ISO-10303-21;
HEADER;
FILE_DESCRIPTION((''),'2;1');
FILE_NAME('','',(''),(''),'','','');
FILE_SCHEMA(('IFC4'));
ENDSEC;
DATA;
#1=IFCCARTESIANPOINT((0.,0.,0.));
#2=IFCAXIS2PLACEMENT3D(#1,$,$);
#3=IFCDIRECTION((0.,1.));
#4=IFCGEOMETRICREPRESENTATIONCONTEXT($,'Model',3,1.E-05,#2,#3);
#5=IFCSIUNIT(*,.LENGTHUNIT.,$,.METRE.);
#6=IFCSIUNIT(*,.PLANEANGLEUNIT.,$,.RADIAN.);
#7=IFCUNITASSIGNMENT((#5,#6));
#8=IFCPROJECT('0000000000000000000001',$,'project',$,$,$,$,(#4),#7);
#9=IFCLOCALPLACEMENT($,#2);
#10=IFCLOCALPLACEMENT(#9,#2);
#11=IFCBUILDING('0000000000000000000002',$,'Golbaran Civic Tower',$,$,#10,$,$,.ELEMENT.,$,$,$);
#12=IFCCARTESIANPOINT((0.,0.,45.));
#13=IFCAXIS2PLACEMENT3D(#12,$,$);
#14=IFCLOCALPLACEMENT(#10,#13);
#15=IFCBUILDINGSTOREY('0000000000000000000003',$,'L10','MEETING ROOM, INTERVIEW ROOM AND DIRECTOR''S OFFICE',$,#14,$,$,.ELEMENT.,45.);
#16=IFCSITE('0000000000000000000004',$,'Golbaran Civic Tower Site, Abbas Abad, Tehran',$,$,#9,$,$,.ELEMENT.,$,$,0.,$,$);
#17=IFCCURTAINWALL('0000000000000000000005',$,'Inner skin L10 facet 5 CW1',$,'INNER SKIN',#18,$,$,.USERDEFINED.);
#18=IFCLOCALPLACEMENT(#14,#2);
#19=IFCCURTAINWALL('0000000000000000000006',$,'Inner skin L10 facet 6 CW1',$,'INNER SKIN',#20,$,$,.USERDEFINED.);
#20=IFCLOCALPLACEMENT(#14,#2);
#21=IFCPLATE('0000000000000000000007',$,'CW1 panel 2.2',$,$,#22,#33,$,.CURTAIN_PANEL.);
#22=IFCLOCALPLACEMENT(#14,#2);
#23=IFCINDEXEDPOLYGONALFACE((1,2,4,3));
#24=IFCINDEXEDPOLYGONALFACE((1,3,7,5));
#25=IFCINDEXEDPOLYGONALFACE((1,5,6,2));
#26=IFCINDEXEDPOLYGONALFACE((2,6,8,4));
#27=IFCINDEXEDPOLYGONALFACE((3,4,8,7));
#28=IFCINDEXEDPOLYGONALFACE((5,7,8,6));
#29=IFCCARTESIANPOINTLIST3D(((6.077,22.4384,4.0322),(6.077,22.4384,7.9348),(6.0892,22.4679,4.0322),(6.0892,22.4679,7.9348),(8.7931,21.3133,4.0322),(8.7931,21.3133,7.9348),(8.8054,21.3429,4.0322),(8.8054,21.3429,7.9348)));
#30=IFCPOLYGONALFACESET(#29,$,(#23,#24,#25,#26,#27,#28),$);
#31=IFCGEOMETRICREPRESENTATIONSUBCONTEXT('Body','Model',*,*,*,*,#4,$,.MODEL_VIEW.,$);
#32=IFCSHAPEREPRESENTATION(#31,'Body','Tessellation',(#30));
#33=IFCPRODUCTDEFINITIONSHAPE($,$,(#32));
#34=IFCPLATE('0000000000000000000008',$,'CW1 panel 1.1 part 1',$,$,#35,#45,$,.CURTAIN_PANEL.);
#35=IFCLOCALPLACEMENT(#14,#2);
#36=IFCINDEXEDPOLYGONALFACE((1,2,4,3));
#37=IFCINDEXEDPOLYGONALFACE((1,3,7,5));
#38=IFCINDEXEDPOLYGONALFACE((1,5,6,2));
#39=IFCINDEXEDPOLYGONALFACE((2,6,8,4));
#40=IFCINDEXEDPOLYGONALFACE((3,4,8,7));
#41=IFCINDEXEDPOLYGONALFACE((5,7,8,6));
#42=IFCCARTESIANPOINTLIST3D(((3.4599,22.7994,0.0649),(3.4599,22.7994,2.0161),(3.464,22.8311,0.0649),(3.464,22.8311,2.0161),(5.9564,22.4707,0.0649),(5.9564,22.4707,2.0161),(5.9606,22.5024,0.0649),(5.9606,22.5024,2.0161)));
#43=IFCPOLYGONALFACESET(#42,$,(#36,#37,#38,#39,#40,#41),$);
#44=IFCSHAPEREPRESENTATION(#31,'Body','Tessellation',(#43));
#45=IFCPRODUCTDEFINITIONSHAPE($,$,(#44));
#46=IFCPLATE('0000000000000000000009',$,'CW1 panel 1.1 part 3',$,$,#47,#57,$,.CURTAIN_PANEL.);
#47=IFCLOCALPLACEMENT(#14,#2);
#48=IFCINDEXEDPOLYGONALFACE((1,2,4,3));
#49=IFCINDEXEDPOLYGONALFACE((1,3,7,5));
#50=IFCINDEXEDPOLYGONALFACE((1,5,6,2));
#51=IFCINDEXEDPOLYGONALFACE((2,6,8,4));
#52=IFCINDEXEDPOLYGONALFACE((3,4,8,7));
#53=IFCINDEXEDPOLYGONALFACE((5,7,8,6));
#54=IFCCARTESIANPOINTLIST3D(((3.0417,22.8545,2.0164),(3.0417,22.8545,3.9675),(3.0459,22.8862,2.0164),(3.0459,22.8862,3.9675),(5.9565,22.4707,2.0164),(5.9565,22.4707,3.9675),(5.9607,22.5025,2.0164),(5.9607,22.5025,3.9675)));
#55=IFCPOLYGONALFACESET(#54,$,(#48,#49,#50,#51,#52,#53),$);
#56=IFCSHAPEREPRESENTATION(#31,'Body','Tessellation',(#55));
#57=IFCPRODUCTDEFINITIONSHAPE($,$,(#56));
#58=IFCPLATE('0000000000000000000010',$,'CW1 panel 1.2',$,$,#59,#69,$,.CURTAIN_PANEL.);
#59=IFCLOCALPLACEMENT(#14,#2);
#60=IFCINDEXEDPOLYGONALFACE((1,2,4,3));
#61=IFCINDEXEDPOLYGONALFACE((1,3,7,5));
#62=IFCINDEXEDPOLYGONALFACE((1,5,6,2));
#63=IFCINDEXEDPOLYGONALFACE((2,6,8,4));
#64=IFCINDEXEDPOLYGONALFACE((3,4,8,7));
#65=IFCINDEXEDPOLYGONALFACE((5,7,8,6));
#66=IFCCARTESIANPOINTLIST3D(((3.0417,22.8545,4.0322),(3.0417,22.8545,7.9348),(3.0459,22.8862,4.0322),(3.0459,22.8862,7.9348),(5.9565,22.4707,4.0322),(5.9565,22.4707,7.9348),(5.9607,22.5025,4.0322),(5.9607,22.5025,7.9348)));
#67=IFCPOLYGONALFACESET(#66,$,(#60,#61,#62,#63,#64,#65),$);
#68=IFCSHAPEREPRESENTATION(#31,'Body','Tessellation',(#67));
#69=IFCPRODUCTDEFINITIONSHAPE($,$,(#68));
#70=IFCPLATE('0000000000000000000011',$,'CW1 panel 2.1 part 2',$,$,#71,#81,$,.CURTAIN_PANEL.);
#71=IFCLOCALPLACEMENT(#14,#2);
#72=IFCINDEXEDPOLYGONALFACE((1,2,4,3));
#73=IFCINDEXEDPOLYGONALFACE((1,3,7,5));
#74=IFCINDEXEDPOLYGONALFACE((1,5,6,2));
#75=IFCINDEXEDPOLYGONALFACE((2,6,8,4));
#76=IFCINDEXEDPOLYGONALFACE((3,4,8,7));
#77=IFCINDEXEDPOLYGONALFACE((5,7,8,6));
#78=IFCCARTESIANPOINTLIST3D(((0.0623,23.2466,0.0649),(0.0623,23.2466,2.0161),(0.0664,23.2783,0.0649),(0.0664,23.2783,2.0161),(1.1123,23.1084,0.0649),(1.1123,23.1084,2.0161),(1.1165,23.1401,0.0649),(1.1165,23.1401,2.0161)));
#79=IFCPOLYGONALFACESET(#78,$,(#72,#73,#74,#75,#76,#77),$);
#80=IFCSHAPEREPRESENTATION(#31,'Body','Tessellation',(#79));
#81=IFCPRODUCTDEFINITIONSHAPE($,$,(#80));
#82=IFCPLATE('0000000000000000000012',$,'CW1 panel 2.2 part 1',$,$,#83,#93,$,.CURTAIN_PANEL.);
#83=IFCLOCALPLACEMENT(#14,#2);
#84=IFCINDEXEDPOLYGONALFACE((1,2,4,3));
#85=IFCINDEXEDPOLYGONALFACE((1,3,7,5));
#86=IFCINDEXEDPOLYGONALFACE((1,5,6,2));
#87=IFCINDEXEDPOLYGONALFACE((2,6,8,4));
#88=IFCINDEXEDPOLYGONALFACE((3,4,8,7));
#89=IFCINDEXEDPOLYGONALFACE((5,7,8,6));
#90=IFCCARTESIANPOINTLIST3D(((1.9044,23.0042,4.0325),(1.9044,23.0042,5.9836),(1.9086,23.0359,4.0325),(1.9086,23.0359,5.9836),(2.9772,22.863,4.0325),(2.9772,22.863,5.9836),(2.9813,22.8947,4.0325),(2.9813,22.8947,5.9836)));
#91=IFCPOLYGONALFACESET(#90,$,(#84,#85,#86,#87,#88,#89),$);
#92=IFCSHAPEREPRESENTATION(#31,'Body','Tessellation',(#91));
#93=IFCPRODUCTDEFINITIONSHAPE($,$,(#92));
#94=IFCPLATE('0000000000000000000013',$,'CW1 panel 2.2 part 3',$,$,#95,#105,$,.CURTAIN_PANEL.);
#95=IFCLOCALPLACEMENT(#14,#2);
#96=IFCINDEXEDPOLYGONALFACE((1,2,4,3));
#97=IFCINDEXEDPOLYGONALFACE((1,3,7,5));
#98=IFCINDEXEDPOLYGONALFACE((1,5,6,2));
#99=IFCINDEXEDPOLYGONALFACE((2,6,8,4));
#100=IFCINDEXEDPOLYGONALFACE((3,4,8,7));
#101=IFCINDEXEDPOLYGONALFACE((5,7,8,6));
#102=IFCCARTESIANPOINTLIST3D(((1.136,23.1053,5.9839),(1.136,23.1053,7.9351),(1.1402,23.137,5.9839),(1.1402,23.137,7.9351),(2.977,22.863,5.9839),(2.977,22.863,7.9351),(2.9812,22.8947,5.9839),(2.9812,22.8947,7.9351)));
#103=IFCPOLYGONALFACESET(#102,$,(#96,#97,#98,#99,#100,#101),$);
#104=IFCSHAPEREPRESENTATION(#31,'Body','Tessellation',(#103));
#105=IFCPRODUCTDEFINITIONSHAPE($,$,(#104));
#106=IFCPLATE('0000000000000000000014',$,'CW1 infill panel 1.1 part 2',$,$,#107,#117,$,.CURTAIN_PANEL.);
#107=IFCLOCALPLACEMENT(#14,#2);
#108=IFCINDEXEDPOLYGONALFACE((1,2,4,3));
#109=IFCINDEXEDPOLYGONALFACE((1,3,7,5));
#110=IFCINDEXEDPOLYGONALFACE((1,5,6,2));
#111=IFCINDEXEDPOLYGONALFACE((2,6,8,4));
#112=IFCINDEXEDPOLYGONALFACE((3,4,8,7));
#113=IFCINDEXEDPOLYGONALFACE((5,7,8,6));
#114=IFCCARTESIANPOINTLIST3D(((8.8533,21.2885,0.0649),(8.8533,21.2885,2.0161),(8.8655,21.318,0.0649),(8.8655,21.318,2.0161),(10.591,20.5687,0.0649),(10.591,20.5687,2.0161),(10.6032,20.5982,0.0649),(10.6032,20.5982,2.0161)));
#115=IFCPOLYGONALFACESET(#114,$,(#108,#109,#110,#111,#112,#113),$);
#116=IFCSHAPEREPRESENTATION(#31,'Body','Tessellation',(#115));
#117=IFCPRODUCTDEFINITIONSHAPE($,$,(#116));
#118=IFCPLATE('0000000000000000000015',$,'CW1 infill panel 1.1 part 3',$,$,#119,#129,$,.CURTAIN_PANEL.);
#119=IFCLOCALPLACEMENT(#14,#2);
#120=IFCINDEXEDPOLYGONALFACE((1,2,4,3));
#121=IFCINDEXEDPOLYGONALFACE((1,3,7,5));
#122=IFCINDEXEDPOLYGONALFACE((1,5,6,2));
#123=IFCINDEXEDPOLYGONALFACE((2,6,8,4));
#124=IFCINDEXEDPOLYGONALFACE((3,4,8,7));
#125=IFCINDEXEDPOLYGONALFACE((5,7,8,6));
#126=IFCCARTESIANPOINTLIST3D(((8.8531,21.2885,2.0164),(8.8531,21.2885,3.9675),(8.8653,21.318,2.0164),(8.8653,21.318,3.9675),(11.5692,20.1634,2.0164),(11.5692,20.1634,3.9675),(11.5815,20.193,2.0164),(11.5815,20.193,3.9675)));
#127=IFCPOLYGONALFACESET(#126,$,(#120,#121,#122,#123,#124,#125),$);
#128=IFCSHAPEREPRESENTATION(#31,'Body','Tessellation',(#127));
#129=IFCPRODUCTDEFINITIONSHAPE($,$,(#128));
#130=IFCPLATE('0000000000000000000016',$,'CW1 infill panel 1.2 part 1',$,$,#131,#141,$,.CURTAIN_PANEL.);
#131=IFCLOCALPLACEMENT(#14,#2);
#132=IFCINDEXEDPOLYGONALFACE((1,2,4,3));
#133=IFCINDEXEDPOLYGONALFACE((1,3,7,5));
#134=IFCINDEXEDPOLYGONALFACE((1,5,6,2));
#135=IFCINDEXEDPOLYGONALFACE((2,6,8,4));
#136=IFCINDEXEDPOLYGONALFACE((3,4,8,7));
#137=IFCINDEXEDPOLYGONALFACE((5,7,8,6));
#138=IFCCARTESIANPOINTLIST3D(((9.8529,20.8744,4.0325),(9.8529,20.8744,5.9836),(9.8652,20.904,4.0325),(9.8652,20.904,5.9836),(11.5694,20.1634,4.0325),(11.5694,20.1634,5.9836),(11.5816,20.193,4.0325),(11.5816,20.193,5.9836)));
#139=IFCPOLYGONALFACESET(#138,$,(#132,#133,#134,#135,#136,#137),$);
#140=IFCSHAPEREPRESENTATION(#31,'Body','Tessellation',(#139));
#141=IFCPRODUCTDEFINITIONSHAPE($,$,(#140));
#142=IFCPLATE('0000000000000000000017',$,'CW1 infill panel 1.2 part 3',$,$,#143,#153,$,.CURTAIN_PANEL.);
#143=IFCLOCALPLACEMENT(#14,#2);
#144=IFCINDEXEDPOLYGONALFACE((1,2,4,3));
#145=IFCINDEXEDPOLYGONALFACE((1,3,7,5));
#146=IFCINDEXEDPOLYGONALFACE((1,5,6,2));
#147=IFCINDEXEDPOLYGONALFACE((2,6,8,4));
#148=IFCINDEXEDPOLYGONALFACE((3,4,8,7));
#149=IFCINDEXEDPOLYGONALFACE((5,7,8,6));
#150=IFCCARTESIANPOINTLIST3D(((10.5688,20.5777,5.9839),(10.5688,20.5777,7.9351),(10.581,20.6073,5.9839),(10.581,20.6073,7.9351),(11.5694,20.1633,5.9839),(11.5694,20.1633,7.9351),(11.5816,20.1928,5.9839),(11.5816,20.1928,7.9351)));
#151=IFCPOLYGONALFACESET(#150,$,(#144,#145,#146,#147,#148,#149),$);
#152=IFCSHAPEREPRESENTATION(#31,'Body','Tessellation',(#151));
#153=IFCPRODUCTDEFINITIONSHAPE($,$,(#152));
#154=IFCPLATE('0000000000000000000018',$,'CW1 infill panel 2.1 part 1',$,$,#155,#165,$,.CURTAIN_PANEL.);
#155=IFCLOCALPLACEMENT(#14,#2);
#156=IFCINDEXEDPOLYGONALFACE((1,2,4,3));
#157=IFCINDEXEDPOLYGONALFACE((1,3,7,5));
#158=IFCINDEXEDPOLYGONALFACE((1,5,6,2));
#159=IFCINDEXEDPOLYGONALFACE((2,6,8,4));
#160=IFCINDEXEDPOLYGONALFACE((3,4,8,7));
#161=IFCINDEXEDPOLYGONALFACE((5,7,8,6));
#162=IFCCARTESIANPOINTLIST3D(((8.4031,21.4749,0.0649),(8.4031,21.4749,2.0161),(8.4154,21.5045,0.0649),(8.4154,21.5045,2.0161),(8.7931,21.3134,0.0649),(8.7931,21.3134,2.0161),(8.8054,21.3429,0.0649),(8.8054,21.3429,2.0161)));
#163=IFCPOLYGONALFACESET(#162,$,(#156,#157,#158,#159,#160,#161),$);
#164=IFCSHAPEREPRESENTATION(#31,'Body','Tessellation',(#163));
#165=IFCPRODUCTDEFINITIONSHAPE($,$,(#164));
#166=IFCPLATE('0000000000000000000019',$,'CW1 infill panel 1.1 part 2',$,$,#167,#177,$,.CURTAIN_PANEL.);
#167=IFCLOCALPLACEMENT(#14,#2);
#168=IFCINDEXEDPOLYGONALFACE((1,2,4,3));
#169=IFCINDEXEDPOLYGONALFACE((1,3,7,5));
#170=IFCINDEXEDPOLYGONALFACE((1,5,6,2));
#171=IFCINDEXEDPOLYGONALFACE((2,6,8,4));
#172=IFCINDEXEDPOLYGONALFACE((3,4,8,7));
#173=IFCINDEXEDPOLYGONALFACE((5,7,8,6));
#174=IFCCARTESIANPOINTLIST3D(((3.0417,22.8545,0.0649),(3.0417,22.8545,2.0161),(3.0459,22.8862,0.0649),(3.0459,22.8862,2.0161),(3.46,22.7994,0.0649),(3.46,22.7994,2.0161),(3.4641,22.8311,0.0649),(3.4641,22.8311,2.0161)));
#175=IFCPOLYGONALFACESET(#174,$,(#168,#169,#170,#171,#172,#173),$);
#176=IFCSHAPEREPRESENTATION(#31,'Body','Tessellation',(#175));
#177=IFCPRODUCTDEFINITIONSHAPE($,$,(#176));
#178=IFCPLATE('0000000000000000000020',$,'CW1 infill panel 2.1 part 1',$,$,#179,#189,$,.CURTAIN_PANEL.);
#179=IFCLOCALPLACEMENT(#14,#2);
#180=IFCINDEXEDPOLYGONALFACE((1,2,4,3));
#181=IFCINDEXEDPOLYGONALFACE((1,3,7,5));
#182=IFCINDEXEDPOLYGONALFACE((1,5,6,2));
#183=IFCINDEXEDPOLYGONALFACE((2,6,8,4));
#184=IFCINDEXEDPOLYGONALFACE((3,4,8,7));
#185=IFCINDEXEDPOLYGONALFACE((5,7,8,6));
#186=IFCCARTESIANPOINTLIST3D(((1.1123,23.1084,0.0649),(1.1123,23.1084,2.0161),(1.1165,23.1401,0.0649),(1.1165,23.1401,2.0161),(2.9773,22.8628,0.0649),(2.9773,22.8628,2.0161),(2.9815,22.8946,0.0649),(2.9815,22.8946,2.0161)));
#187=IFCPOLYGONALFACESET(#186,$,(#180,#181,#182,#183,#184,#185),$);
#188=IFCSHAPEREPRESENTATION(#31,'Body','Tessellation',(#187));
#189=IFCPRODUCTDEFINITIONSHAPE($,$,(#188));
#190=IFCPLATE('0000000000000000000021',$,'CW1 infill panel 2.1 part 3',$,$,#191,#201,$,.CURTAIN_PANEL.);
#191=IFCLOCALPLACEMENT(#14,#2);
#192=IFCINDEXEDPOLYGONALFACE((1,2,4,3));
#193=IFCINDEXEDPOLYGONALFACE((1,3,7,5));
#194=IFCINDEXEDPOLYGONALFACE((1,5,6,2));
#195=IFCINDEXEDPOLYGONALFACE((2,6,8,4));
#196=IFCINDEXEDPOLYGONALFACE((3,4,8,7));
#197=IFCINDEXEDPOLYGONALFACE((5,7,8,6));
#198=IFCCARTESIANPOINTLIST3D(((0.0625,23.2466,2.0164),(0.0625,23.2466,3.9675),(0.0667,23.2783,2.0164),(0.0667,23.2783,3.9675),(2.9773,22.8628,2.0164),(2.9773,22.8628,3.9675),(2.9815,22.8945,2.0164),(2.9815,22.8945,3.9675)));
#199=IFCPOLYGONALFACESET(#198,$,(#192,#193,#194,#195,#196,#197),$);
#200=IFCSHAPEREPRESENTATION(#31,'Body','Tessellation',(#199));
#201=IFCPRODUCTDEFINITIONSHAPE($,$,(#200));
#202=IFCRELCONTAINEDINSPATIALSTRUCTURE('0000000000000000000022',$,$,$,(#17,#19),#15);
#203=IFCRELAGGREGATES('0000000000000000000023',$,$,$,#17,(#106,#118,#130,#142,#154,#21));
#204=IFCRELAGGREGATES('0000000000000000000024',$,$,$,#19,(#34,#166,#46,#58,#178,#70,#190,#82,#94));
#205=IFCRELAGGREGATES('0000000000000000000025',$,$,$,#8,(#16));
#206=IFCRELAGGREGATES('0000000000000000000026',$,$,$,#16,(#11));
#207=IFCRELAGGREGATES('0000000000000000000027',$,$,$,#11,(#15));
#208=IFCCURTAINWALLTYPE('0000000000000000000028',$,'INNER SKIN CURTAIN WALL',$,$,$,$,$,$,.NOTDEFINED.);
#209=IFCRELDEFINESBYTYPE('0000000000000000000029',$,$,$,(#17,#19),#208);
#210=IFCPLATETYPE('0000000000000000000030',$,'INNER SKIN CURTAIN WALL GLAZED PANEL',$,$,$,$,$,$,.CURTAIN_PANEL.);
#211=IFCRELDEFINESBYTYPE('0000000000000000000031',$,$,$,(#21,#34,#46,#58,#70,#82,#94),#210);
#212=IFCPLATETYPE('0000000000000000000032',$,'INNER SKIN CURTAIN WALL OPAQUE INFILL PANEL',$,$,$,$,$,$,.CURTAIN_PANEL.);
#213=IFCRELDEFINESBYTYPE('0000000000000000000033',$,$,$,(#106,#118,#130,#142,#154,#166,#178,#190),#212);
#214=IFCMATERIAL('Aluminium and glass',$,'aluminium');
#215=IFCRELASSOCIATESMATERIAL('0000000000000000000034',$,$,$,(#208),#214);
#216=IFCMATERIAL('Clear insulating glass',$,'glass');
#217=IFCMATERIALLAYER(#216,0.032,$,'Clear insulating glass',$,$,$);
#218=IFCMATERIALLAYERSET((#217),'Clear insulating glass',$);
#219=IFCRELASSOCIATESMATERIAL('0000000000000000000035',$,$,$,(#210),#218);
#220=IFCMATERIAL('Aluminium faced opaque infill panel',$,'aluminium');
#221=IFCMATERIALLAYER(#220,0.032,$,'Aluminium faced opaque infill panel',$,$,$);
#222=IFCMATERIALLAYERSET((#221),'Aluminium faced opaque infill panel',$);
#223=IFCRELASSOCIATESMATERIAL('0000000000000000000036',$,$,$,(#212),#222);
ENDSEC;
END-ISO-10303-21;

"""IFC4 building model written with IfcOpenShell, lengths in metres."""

from ifc_helpers import new_model, si_unit, direction, frame, origin, origin_2d, place, context, subcontext, project, spatial, rectangle, extrude, material, layer, layer_set, type_object, element, aggregate, save


model = new_model("IFC4")

# Units and contexts
model_context = context("Model", 3, precision=1e-05, world=origin(), true_north=direction((0.0, 1.0)))
body_context = subcontext(model_context, "Body", "Model", "MODEL_VIEW")
ifc_project = project(units=[si_unit("LENGTHUNIT", "METRE"), si_unit("PLANEANGLEUNIT", "RADIAN")], contexts=[model_context])

# Site, building, storey
site_placement = place(None, origin())
site = spatial("IfcSite", under=ifc_project, at=site_placement, Name="Golbaran Civic Tower Site, Abbas Abad, Tehran", CompositionType="ELEMENT", RefElevation=0.0)
building_placement = place(site_placement, origin())
building = spatial("IfcBuilding", under=site, at=building_placement, Name="Golbaran Civic Tower", CompositionType="ELEMENT")
storey_placement = place(building_placement, frame((0.0, 0.0, 45.0)))
storey = spatial("IfcBuildingStorey", under=building, at=storey_placement, Name="L10", Description="MEETING ROOM, INTERVIEW ROOM AND DIRECTOR'S OFFICE", CompositionType="ELEMENT", Elevation=45.0)

# Curtain walls
ifc_material_1 = material(Name="Aluminium and glass", Category="aluminium")
curtain_wall_type = type_object("IfcCurtainWallType", Name="INNER SKIN CURTAIN WALL", PredefinedType="NOTDEFINED", material=ifc_material_1)
curtain_wall_1_placement = place(storey_placement, origin())
curtain_wall_1 = element("IfcCurtainWall", 1, at=curtain_wall_1_placement, inside=storey, type_object=curtain_wall_type, Name="Inner skin L10 facet 5 CW1", ObjectType="INNER SKIN", PredefinedType="USERDEFINED")
curtain_wall_2_placement = place(storey_placement, origin())
curtain_wall_2 = element("IfcCurtainWall", 2, at=curtain_wall_2_placement, inside=storey, type_object=curtain_wall_type, Name="Inner skin L10 facet 6 CW1", ObjectType="INNER SKIN", PredefinedType="USERDEFINED")

# Plates
ifc_material_2 = material(Name="Clear insulating glass", Category="glass")
ifc_layer_1 = layer(ifc_material_2, 0.032, Name="Clear insulating glass")
ifc_layer_set_1 = layer_set([ifc_layer_1], Name="Clear insulating glass")
plate_type_1 = type_object("IfcPlateType", Name="INNER SKIN CURTAIN WALL GLAZED PANEL", PredefinedType="CURTAIN_PANEL", material=ifc_layer_set_1)
plate_1_placement = place(storey_placement, frame((7.4412, 21.8906, 4.0322), z_axis=(0.0, 0.0, 1.0), x_axis=(-0.92388, 0.382683, 0.0)))
plate_1 = element("IfcPlate", 3, at=plate_1_placement, type_object=plate_type_1, Name="CW1 panel 2.2", PredefinedType="CURTAIN_PANEL", context=body_context, shape_type="SweptSolid", body=[
    extrude(rectangle(XDim=2.9399, YDim=0.032, at=origin_2d()), origin(), (0.0, 0.0, 1.0), 3.9026),
])
plate_2_placement = place(storey_placement, frame((4.7102, 22.6509, 0.0649), z_axis=(0.0, 0.0, 1.0), x_axis=(-0.991445, 0.130526, 0.0)))
plate_2 = element("IfcPlate", 4, at=plate_2_placement, type_object=plate_type_1, Name="CW1 panel 1.1 part 1", PredefinedType="CURTAIN_PANEL", context=body_context, shape_type="SweptSolid", body=[
    extrude(rectangle(XDim=2.5181, YDim=0.032, at=origin_2d()), origin(), (0.0, 0.0, 1.0), 1.9512),
])
plate_3_placement = place(storey_placement, frame((4.5012, 22.6785, 2.0164), z_axis=(0.0, 0.0, 1.0), x_axis=(-0.991445, 0.130526, 0.0)))
plate_3 = element("IfcPlate", 5, at=plate_3_placement, type_object=plate_type_1, Name="CW1 panel 1.1 part 3", PredefinedType="CURTAIN_PANEL", context=body_context, shape_type="SweptSolid", body=[
    extrude(rectangle(XDim=2.9399, YDim=0.032, at=origin_2d()), origin(), (0.0, 0.0, 1.0), 1.9512),
])
plate_4_placement = place(storey_placement, frame((4.5012, 22.6785, 4.0322), z_axis=(0.0, 0.0, 1.0), x_axis=(-0.991445, 0.130526, 0.0)))
plate_4 = element("IfcPlate", 6, at=plate_4_placement, type_object=plate_type_1, Name="CW1 panel 1.2", PredefinedType="CURTAIN_PANEL", context=body_context, shape_type="SweptSolid", body=[
    extrude(rectangle(XDim=2.9399, YDim=0.032, at=origin_2d()), origin(), (0.0, 0.0, 1.0), 3.9026),
])
plate_5_placement = place(storey_placement, frame((0.5894, 23.1934, 0.0649), z_axis=(0.0, 0.0, 1.0), x_axis=(-0.991445, 0.130526, 0.0)))
plate_5 = element("IfcPlate", 7, at=plate_5_placement, type_object=plate_type_1, Name="CW1 panel 2.1 part 2", PredefinedType="CURTAIN_PANEL", context=body_context, shape_type="SweptSolid", body=[
    extrude(rectangle(XDim=1.0591, YDim=0.032, at=origin_2d()), origin(), (0.0, 0.0, 1.0), 1.9512),
])
plate_6_placement = place(storey_placement, frame((2.4429, 22.9495, 4.0325), z_axis=(0.0, 0.0, 1.0), x_axis=(-0.991445, 0.130526, 0.0)))
plate_6 = element("IfcPlate", 8, at=plate_6_placement, type_object=plate_type_1, Name="CW1 panel 2.2 part 1", PredefinedType="CURTAIN_PANEL", context=body_context, shape_type="SweptSolid", body=[
    extrude(rectangle(XDim=1.082, YDim=0.032, at=origin_2d()), origin(), (0.0, 0.0, 1.0), 1.9512),
])
plate_7_placement = place(storey_placement, frame((2.0586, 23.0, 5.9839), z_axis=(0.0, 0.0, 1.0), x_axis=(-0.991445, 0.130526, 0.0)))
plate_7 = element("IfcPlate", 9, at=plate_7_placement, type_object=plate_type_1, Name="CW1 panel 2.2 part 3", PredefinedType="CURTAIN_PANEL", context=body_context, shape_type="SweptSolid", body=[
    extrude(rectangle(XDim=1.8569, YDim=0.032, at=origin_2d()), origin(), (0.0, 0.0, 1.0), 1.9512),
])
ifc_material_3 = material(Name="Aluminium faced opaque infill panel", Category="aluminium")
ifc_layer_2 = layer(ifc_material_3, 0.032, Name="Aluminium faced opaque infill panel")
ifc_layer_set_2 = layer_set([ifc_layer_2], Name="Aluminium faced opaque infill panel")
plate_type_2 = type_object("IfcPlateType", Name="INNER SKIN CURTAIN WALL OPAQUE INFILL PANEL", PredefinedType="CURTAIN_PANEL", material=ifc_layer_set_2)
plate_8_placement = place(storey_placement, frame((9.7283, 20.9434, 0.0649), z_axis=(0.0, 0.0, 1.0), x_axis=(-0.92388, 0.382683, 0.0)))
plate_8 = element("IfcPlate", 10, at=plate_8_placement, type_object=plate_type_2, Name="CW1 infill panel 1.1 part 2", PredefinedType="CURTAIN_PANEL", context=body_context, shape_type="SweptSolid", body=[
    extrude(rectangle(XDim=1.8809, YDim=0.032, at=origin_2d()), origin(), (0.0, 0.0, 1.0), 1.9512),
])
plate_9_placement = place(storey_placement, frame((10.2173, 20.7407, 2.0164), z_axis=(0.0, 0.0, 1.0), x_axis=(-0.92388, 0.382683, 0.0)))
plate_9 = element("IfcPlate", 11, at=plate_9_placement, type_object=plate_type_2, Name="CW1 infill panel 1.1 part 3", PredefinedType="CURTAIN_PANEL", context=body_context, shape_type="SweptSolid", body=[
    extrude(rectangle(XDim=2.9399, YDim=0.032, at=origin_2d()), origin(), (0.0, 0.0, 1.0), 1.9512),
])
plate_10_placement = place(storey_placement, frame((10.7173, 20.5337, 4.0325), z_axis=(0.0, 0.0, 1.0), x_axis=(-0.92388, 0.382683, 0.0)))
plate_10 = element("IfcPlate", 12, at=plate_10_placement, type_object=plate_type_2, Name="CW1 infill panel 1.2 part 1", PredefinedType="CURTAIN_PANEL", context=body_context, shape_type="SweptSolid", body=[
    extrude(rectangle(XDim=1.8579, YDim=0.032, at=origin_2d()), origin(), (0.0, 0.0, 1.0), 1.9512),
])
plate_11_placement = place(storey_placement, frame((11.0752, 20.3853, 5.9839), z_axis=(0.0, 0.0, 1.0), x_axis=(-0.92388, 0.382683, 0.0)))
plate_11 = element("IfcPlate", 13, at=plate_11_placement, type_object=plate_type_2, Name="CW1 infill panel 1.2 part 3", PredefinedType="CURTAIN_PANEL", context=body_context, shape_type="SweptSolid", body=[
    extrude(rectangle(XDim=1.083, YDim=0.032, at=origin_2d()), origin(), (0.0, 0.0, 1.0), 1.9512),
])
plate_12_placement = place(storey_placement, frame((8.6042, 21.4089, 0.0649), z_axis=(0.0, 0.0, 1.0), x_axis=(-0.92388, 0.382683, 0.0)))
plate_12 = element("IfcPlate", 14, at=plate_12_placement, type_object=plate_type_2, Name="CW1 infill panel 2.1 part 1", PredefinedType="CURTAIN_PANEL", context=body_context, shape_type="SweptSolid", body=[
    extrude(rectangle(XDim=0.4221, YDim=0.032, at=origin_2d()), origin(), (0.0, 0.0, 1.0), 1.9512),
])
aggregate(curtain_wall_1, [plate_8, plate_9, plate_10, plate_11, plate_12, plate_1])
plate_13_placement = place(storey_placement, frame((3.2529, 22.8428, 0.0649), z_axis=(0.0, 0.0, 1.0), x_axis=(-0.991445, 0.130526, 0.0)))
plate_13 = element("IfcPlate", 15, at=plate_13_placement, type_object=plate_type_2, Name="CW1 infill panel 1.1 part 2", PredefinedType="CURTAIN_PANEL", context=body_context, shape_type="SweptSolid", body=[
    extrude(rectangle(XDim=0.4219, YDim=0.032, at=origin_2d()), origin(), (0.0, 0.0, 1.0), 1.9512),
])
plate_14_placement = place(storey_placement, frame((2.0469, 23.0015, 0.0649), z_axis=(0.0, 0.0, 1.0), x_axis=(-0.991445, 0.130526, 0.0)))
plate_14 = element("IfcPlate", 16, at=plate_14_placement, type_object=plate_type_2, Name="CW1 infill panel 2.1 part 1", PredefinedType="CURTAIN_PANEL", context=body_context, shape_type="SweptSolid", body=[
    extrude(rectangle(XDim=1.8811, YDim=0.032, at=origin_2d()), origin(), (0.0, 0.0, 1.0), 1.9512),
])
plate_15_placement = place(storey_placement, frame((1.522, 23.0706, 2.0164), z_axis=(0.0, 0.0, 1.0), x_axis=(-0.991445, 0.130526, 0.0)))
plate_15 = element("IfcPlate", 17, at=plate_15_placement, type_object=plate_type_2, Name="CW1 infill panel 2.1 part 3", PredefinedType="CURTAIN_PANEL", context=body_context, shape_type="SweptSolid", body=[
    extrude(rectangle(XDim=2.9399, YDim=0.032, at=origin_2d()), origin(), (0.0, 0.0, 1.0), 1.9512),
])
aggregate(curtain_wall_2, [plate_2, plate_13, plate_3, plate_4, plate_14, plate_5, plate_15, plate_6, plate_7])

save(model, "model.ifc")
